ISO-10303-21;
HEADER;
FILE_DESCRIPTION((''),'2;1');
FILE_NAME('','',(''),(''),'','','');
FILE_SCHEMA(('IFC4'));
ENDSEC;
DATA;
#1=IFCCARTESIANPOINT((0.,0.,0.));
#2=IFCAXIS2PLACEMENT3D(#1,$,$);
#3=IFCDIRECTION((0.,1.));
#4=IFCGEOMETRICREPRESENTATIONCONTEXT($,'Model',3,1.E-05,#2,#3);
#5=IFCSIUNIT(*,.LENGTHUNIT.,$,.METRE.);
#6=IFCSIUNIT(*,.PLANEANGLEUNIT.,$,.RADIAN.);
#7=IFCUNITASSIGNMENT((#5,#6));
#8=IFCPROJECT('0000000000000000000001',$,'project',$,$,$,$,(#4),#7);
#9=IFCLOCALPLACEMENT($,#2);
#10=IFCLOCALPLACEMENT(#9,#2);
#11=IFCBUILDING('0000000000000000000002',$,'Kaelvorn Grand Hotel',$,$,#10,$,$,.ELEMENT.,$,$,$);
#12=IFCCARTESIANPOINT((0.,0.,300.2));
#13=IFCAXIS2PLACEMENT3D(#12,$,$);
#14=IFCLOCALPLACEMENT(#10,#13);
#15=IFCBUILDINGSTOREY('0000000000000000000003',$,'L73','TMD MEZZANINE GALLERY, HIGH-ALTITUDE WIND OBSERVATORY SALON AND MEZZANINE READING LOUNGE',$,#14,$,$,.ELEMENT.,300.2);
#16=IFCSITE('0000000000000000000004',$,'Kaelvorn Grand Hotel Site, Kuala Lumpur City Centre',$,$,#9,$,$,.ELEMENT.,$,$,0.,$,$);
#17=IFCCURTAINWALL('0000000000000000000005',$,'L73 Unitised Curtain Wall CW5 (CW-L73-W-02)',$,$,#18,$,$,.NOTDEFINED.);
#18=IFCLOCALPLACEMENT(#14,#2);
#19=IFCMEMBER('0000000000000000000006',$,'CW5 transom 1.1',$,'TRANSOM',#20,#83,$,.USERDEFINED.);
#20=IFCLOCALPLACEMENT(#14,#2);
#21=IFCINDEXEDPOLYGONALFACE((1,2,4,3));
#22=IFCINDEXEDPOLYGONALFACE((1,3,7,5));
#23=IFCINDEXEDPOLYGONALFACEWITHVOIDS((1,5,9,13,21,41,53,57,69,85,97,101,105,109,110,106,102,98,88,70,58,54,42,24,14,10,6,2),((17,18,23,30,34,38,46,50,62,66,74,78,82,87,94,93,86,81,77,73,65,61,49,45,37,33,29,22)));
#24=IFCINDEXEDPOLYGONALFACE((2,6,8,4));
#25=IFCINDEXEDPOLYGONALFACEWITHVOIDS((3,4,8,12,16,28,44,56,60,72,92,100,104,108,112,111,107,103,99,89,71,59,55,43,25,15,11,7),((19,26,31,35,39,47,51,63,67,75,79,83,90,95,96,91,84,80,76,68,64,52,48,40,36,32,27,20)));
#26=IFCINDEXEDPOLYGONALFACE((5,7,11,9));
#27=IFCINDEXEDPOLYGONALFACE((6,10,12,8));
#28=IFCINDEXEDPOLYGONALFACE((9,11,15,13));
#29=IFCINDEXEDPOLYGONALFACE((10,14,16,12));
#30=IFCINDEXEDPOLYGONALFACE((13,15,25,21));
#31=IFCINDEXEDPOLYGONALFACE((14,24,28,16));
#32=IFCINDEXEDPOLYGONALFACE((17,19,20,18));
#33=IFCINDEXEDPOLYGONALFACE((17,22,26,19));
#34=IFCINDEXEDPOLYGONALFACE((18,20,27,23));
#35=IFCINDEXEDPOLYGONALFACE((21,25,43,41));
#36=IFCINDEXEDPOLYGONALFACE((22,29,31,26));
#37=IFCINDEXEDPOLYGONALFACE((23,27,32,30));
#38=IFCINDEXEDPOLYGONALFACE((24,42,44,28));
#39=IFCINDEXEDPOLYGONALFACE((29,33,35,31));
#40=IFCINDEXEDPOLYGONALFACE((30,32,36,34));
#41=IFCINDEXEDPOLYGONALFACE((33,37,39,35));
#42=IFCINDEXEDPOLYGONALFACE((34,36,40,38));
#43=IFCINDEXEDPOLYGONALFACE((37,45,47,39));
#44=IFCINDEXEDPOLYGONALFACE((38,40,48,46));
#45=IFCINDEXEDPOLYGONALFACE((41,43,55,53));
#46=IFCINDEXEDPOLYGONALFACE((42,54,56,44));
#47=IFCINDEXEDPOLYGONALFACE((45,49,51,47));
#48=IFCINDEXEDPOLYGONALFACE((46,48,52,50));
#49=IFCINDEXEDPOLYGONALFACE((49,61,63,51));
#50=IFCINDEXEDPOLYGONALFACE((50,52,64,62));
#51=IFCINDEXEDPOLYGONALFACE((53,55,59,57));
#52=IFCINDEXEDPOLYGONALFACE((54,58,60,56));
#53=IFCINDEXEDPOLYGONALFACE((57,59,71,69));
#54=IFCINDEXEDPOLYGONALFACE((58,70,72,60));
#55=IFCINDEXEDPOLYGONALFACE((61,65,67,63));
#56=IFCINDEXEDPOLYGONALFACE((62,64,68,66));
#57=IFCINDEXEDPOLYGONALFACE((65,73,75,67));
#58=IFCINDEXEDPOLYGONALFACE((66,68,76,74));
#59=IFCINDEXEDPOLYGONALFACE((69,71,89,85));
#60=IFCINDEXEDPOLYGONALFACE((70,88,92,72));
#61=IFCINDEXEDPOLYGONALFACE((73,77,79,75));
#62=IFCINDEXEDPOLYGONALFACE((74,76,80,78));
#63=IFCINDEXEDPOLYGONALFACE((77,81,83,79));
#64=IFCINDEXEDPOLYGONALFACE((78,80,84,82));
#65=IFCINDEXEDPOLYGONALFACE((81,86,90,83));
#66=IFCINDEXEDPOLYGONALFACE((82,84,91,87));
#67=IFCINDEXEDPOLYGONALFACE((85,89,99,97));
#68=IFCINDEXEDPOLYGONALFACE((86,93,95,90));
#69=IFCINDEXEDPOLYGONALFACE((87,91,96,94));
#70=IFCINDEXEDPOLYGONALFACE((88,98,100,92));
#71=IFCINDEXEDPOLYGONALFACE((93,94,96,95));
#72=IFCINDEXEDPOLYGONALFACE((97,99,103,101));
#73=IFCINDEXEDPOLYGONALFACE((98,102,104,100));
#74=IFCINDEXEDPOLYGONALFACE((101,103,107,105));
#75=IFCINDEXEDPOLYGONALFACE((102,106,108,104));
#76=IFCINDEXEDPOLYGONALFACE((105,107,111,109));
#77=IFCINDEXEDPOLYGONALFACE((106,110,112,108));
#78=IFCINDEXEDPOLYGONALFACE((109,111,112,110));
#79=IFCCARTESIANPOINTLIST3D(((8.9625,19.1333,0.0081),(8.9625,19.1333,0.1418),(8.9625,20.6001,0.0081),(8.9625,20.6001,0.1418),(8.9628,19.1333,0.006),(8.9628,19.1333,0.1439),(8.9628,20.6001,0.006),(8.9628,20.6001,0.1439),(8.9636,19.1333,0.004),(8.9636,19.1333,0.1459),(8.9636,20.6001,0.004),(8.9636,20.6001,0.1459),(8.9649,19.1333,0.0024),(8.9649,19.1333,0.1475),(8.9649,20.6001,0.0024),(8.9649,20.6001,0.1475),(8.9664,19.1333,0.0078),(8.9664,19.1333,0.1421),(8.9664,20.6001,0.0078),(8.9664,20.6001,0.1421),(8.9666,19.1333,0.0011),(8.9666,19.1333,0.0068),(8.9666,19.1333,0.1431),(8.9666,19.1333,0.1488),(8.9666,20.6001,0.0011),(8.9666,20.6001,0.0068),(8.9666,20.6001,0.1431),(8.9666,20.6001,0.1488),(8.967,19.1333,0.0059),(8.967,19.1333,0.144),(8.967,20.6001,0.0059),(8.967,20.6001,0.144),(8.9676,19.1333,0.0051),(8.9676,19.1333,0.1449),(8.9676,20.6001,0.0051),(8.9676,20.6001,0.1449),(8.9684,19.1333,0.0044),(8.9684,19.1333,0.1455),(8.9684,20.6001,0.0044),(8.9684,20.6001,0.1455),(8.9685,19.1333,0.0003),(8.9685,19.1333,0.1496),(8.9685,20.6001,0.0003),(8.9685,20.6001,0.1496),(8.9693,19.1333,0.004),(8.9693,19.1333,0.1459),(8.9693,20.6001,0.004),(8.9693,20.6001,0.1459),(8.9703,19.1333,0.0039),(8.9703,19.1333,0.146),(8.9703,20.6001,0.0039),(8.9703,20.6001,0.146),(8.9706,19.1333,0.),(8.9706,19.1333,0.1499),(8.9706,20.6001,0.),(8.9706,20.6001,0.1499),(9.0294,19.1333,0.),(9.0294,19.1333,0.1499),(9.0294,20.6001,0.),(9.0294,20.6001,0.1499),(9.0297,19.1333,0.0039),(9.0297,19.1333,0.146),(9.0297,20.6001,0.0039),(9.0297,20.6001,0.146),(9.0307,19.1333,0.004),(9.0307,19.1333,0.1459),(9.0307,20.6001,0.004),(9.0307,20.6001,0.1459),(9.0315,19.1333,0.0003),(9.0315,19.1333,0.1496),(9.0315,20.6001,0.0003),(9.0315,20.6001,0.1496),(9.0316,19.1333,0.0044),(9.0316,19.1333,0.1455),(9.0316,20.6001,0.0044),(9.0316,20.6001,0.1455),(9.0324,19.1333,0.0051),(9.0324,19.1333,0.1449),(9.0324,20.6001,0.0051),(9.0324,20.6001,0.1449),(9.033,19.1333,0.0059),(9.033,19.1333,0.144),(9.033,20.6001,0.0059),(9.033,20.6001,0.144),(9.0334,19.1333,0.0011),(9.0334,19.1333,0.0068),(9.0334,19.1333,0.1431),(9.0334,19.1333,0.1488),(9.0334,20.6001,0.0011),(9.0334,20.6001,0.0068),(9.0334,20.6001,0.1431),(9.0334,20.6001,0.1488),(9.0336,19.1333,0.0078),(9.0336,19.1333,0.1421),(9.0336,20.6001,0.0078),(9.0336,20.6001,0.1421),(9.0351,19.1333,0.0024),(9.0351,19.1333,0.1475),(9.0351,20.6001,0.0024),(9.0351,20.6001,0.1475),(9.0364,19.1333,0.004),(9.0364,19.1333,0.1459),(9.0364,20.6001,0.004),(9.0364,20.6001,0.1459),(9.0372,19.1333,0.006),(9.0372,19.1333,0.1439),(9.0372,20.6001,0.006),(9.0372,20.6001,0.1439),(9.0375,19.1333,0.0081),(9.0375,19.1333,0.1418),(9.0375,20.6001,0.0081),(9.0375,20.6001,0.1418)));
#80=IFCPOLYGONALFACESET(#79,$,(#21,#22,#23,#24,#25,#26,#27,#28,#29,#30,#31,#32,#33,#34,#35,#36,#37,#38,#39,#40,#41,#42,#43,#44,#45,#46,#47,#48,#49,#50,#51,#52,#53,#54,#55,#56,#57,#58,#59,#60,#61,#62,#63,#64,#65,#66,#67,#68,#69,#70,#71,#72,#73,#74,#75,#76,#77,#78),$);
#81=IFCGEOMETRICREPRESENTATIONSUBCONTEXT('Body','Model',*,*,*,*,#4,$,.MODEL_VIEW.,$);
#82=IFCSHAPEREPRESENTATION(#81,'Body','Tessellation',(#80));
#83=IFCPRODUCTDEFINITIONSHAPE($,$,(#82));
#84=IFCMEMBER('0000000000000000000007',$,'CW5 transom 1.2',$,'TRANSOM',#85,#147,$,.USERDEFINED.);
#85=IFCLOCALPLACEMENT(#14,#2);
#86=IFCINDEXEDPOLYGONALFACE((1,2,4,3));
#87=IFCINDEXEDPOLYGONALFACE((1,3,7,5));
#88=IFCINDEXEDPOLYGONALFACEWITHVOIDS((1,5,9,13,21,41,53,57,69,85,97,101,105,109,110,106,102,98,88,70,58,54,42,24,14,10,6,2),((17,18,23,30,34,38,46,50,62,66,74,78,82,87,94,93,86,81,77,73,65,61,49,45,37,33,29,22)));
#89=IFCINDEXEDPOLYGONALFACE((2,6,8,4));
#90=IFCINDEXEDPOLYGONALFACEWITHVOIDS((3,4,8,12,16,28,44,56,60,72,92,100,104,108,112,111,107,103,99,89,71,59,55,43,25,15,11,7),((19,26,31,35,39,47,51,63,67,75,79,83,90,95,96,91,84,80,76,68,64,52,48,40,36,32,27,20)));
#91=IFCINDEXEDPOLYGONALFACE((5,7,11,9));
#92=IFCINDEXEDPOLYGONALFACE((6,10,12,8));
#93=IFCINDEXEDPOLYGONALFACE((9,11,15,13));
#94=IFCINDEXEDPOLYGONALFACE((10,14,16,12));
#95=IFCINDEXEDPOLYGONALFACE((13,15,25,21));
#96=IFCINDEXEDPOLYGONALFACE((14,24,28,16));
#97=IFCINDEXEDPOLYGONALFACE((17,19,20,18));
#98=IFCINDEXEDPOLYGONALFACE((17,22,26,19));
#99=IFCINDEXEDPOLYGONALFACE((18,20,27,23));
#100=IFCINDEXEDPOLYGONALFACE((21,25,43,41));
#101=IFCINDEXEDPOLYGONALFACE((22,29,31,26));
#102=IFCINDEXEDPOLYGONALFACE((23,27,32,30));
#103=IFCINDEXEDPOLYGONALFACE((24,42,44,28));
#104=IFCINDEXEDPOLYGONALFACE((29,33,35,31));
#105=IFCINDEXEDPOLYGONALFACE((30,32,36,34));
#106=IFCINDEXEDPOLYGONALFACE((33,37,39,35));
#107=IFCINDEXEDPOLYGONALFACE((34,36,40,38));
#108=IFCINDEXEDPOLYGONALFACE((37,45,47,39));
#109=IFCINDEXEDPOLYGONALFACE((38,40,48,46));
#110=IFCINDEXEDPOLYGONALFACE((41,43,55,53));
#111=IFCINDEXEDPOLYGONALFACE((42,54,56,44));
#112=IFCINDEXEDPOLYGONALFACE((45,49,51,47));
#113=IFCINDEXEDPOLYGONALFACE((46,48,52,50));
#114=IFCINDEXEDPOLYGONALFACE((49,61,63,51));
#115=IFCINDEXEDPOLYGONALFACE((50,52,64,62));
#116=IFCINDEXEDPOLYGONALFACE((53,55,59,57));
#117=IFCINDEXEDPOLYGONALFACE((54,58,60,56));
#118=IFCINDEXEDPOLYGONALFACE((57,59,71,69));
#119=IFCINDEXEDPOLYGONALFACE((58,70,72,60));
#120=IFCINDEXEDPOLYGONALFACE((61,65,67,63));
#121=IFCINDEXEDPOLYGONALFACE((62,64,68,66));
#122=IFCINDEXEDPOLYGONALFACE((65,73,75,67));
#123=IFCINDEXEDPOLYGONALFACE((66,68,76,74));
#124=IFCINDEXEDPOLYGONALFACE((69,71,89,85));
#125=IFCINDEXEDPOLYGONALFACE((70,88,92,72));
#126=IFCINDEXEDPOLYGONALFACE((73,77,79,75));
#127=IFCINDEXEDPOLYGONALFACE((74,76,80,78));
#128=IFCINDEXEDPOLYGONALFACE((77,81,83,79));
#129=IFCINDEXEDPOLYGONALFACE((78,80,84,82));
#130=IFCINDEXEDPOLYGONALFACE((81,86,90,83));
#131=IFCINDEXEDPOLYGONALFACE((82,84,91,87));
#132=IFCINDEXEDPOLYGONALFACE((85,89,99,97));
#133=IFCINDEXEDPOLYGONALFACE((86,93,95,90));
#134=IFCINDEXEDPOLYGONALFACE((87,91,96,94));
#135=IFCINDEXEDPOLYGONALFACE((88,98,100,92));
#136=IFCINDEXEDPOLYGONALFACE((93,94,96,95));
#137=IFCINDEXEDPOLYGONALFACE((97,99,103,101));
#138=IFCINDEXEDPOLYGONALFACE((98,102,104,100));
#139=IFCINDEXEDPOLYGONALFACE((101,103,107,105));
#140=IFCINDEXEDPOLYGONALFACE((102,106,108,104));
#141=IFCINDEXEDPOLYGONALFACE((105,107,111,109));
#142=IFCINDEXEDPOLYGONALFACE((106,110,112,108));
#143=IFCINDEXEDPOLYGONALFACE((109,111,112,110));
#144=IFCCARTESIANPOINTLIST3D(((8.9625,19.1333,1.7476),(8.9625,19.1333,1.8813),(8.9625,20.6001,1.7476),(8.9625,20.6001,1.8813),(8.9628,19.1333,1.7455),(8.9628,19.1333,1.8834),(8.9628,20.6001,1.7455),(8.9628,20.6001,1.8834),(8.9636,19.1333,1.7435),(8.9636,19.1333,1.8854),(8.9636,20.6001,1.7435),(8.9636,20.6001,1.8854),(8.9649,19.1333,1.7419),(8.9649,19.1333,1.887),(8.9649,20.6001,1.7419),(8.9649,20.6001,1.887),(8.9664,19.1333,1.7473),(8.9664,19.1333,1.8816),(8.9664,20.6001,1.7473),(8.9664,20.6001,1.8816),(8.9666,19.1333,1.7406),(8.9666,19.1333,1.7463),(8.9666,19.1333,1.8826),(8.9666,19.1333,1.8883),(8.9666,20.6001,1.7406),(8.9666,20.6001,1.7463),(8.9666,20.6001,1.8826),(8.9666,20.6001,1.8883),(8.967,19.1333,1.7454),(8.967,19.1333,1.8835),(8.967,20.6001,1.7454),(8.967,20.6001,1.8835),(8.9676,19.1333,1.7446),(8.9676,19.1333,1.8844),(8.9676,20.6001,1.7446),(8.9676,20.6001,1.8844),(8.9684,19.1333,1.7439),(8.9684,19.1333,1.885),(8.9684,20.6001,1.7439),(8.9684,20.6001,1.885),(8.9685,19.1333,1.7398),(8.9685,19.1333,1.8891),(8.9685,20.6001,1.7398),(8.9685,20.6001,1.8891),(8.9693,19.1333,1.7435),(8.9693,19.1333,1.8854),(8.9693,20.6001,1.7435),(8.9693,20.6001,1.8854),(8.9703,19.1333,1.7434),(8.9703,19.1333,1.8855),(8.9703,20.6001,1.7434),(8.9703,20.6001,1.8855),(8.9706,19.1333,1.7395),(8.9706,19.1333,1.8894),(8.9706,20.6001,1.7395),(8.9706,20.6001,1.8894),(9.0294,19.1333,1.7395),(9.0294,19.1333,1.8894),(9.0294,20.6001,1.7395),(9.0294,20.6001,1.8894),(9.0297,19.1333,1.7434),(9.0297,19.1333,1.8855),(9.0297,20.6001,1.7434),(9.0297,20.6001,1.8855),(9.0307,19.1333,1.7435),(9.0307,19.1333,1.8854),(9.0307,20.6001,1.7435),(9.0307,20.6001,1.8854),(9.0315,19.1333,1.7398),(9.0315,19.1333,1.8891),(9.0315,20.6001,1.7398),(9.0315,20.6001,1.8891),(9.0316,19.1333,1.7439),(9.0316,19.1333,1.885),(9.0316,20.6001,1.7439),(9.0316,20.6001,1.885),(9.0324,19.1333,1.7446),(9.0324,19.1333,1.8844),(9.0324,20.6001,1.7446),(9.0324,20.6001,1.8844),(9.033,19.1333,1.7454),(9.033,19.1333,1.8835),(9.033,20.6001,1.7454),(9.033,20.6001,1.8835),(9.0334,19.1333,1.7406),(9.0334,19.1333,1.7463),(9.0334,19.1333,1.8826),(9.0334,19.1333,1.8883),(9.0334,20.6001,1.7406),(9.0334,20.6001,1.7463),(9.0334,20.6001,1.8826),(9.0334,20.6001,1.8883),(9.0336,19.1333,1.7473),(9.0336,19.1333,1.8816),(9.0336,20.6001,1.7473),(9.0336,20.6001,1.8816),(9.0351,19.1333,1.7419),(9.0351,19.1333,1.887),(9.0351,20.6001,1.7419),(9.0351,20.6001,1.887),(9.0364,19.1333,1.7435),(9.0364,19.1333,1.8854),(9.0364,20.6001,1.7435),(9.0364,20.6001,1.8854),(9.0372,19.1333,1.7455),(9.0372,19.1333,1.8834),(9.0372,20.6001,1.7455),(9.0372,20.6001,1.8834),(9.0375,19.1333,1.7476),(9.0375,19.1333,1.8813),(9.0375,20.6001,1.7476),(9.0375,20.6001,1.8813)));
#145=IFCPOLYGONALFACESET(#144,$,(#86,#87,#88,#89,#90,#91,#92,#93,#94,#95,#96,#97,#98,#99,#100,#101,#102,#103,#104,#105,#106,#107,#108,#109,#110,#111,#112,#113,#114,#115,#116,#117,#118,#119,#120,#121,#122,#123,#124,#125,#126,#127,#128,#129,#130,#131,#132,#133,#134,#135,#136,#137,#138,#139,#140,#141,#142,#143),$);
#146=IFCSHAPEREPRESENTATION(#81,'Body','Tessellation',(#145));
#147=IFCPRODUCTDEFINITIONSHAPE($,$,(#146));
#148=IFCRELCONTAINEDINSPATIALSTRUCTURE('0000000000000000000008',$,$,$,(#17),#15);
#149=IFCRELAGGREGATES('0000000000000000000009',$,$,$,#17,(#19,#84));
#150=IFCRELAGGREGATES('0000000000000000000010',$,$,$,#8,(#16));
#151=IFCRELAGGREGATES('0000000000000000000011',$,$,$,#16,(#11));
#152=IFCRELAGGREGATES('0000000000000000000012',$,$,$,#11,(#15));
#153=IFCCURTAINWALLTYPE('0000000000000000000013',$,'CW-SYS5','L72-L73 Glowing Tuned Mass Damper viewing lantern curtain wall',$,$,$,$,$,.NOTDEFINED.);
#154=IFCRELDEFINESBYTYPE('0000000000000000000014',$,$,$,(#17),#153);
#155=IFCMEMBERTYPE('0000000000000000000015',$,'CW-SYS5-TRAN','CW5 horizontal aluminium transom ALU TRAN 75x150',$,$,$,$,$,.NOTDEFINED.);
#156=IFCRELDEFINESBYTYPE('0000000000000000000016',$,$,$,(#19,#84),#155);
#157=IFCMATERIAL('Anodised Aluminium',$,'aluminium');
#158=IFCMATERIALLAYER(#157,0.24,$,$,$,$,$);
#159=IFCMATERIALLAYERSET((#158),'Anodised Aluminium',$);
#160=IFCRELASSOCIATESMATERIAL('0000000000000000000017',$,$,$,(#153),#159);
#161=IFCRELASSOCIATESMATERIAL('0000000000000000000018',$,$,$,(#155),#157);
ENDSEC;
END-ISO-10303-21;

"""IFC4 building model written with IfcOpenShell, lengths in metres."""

from ifc_helpers import new_model, si_unit, direction, frame, origin, origin_2d, place, context, subcontext, project, spatial, hollow_rectangle, extrude, material, layer, layer_set, material_profile, profile_set, type_object, element, aggregate, save


model = new_model("IFC4")

# Units and contexts
model_context = context("Model", 3, precision=1e-05, world=origin(), true_north=direction((0.0, 1.0)))
body_context = subcontext(model_context, "Body", "Model", "MODEL_VIEW")
ifc_project = project(units=[si_unit("LENGTHUNIT", "METRE"), si_unit("PLANEANGLEUNIT", "RADIAN")], contexts=[model_context])

# Site, building, storey
site_placement = place(None, origin())
site = spatial("IfcSite", under=ifc_project, at=site_placement, Name="Kaelvorn Grand Hotel Site, Kuala Lumpur City Centre", CompositionType="ELEMENT", RefElevation=0.0)
building_placement = place(site_placement, origin())
building = spatial("IfcBuilding", under=site, at=building_placement, Name="Kaelvorn Grand Hotel", CompositionType="ELEMENT")
storey_placement = place(building_placement, frame((0.0, 0.0, 300.2)))
storey = spatial("IfcBuildingStorey", under=building, at=storey_placement, Name="L73", Description="TMD MEZZANINE GALLERY, HIGH-ALTITUDE WIND OBSERVATORY SALON AND MEZZANINE READING LOUNGE", CompositionType="ELEMENT", Elevation=300.2)

# Curtain wall
ifc_material_1 = material(Name="Anodised Aluminium", Category="aluminium")
ifc_layer_1 = layer(ifc_material_1, 0.24)
ifc_layer_set_1 = layer_set([ifc_layer_1], Name="Anodised Aluminium")
curtain_wall_type = type_object("IfcCurtainWallType", Name="CW-SYS5", Description="L72-L73 Glowing Tuned Mass Damper viewing lantern curtain wall", PredefinedType="NOTDEFINED", material=ifc_layer_set_1)
curtain_wall_1_placement = place(storey_placement, origin())
curtain_wall_1 = element("IfcCurtainWall", 1, at=curtain_wall_1_placement, inside=storey, type_object=curtain_wall_type, Name="L73 Unitised Curtain Wall CW5 (CW-L73-W-02)", PredefinedType="NOTDEFINED")

# Members
ifc_material_profile_1 = material_profile(ifc_material_1, hollow_rectangle(XDim=0.075, YDim=0.1499, WallThickness=0.0039, InnerFilletRadius=0.0039, OuterFilletRadius=0.0081, at=origin_2d()), Name="ALU TRAN 75x150")
ifc_profile_set_1 = profile_set([ifc_material_profile_1], Name="Anodised Aluminium")
member_type_1 = type_object("IfcMemberType", Name="CW-SYS5-TRAN", Description="CW5 horizontal aluminium transom ALU TRAN 75x150", PredefinedType="NOTDEFINED", material=ifc_profile_set_1)
member_1_placement = place(storey_placement, frame((9.0, 20.6001, 0.075), z_axis=(0.0, -1.0, 0.0), x_axis=(1.0, 0.0, 0.0)))
member_1 = element("IfcMember", 2, at=member_1_placement, type_object=member_type_1, Name="CW5 transom 1.1", ObjectType="TRANSOM", PredefinedType="USERDEFINED", context=body_context, shape_type="SweptSolid", body=[
    extrude(hollow_rectangle(XDim=0.075, YDim=0.1499, WallThickness=0.0039, InnerFilletRadius=0.0039, OuterFilletRadius=0.0081, at=origin_2d()), origin(), (0.0, 0.0, 1.0), 1.4668),
])
member_2_placement = place(storey_placement, frame((9.0, 20.6001, 1.8145), z_axis=(0.0, -1.0, 0.0), x_axis=(1.0, 0.0, 0.0)))
member_2 = element("IfcMember", 3, at=member_2_placement, type_object=member_type_1, Name="CW5 transom 1.2", ObjectType="TRANSOM", PredefinedType="USERDEFINED", context=body_context, shape_type="SweptSolid", body=[
    extrude(hollow_rectangle(XDim=0.075, YDim=0.1499, WallThickness=0.0039, InnerFilletRadius=0.0039, OuterFilletRadius=0.0081, at=origin_2d()), origin(), (0.0, 0.0, 1.0), 1.4668),
])

aggregate(curtain_wall_1, [member_1, member_2])

save(model, "model.ifc")
